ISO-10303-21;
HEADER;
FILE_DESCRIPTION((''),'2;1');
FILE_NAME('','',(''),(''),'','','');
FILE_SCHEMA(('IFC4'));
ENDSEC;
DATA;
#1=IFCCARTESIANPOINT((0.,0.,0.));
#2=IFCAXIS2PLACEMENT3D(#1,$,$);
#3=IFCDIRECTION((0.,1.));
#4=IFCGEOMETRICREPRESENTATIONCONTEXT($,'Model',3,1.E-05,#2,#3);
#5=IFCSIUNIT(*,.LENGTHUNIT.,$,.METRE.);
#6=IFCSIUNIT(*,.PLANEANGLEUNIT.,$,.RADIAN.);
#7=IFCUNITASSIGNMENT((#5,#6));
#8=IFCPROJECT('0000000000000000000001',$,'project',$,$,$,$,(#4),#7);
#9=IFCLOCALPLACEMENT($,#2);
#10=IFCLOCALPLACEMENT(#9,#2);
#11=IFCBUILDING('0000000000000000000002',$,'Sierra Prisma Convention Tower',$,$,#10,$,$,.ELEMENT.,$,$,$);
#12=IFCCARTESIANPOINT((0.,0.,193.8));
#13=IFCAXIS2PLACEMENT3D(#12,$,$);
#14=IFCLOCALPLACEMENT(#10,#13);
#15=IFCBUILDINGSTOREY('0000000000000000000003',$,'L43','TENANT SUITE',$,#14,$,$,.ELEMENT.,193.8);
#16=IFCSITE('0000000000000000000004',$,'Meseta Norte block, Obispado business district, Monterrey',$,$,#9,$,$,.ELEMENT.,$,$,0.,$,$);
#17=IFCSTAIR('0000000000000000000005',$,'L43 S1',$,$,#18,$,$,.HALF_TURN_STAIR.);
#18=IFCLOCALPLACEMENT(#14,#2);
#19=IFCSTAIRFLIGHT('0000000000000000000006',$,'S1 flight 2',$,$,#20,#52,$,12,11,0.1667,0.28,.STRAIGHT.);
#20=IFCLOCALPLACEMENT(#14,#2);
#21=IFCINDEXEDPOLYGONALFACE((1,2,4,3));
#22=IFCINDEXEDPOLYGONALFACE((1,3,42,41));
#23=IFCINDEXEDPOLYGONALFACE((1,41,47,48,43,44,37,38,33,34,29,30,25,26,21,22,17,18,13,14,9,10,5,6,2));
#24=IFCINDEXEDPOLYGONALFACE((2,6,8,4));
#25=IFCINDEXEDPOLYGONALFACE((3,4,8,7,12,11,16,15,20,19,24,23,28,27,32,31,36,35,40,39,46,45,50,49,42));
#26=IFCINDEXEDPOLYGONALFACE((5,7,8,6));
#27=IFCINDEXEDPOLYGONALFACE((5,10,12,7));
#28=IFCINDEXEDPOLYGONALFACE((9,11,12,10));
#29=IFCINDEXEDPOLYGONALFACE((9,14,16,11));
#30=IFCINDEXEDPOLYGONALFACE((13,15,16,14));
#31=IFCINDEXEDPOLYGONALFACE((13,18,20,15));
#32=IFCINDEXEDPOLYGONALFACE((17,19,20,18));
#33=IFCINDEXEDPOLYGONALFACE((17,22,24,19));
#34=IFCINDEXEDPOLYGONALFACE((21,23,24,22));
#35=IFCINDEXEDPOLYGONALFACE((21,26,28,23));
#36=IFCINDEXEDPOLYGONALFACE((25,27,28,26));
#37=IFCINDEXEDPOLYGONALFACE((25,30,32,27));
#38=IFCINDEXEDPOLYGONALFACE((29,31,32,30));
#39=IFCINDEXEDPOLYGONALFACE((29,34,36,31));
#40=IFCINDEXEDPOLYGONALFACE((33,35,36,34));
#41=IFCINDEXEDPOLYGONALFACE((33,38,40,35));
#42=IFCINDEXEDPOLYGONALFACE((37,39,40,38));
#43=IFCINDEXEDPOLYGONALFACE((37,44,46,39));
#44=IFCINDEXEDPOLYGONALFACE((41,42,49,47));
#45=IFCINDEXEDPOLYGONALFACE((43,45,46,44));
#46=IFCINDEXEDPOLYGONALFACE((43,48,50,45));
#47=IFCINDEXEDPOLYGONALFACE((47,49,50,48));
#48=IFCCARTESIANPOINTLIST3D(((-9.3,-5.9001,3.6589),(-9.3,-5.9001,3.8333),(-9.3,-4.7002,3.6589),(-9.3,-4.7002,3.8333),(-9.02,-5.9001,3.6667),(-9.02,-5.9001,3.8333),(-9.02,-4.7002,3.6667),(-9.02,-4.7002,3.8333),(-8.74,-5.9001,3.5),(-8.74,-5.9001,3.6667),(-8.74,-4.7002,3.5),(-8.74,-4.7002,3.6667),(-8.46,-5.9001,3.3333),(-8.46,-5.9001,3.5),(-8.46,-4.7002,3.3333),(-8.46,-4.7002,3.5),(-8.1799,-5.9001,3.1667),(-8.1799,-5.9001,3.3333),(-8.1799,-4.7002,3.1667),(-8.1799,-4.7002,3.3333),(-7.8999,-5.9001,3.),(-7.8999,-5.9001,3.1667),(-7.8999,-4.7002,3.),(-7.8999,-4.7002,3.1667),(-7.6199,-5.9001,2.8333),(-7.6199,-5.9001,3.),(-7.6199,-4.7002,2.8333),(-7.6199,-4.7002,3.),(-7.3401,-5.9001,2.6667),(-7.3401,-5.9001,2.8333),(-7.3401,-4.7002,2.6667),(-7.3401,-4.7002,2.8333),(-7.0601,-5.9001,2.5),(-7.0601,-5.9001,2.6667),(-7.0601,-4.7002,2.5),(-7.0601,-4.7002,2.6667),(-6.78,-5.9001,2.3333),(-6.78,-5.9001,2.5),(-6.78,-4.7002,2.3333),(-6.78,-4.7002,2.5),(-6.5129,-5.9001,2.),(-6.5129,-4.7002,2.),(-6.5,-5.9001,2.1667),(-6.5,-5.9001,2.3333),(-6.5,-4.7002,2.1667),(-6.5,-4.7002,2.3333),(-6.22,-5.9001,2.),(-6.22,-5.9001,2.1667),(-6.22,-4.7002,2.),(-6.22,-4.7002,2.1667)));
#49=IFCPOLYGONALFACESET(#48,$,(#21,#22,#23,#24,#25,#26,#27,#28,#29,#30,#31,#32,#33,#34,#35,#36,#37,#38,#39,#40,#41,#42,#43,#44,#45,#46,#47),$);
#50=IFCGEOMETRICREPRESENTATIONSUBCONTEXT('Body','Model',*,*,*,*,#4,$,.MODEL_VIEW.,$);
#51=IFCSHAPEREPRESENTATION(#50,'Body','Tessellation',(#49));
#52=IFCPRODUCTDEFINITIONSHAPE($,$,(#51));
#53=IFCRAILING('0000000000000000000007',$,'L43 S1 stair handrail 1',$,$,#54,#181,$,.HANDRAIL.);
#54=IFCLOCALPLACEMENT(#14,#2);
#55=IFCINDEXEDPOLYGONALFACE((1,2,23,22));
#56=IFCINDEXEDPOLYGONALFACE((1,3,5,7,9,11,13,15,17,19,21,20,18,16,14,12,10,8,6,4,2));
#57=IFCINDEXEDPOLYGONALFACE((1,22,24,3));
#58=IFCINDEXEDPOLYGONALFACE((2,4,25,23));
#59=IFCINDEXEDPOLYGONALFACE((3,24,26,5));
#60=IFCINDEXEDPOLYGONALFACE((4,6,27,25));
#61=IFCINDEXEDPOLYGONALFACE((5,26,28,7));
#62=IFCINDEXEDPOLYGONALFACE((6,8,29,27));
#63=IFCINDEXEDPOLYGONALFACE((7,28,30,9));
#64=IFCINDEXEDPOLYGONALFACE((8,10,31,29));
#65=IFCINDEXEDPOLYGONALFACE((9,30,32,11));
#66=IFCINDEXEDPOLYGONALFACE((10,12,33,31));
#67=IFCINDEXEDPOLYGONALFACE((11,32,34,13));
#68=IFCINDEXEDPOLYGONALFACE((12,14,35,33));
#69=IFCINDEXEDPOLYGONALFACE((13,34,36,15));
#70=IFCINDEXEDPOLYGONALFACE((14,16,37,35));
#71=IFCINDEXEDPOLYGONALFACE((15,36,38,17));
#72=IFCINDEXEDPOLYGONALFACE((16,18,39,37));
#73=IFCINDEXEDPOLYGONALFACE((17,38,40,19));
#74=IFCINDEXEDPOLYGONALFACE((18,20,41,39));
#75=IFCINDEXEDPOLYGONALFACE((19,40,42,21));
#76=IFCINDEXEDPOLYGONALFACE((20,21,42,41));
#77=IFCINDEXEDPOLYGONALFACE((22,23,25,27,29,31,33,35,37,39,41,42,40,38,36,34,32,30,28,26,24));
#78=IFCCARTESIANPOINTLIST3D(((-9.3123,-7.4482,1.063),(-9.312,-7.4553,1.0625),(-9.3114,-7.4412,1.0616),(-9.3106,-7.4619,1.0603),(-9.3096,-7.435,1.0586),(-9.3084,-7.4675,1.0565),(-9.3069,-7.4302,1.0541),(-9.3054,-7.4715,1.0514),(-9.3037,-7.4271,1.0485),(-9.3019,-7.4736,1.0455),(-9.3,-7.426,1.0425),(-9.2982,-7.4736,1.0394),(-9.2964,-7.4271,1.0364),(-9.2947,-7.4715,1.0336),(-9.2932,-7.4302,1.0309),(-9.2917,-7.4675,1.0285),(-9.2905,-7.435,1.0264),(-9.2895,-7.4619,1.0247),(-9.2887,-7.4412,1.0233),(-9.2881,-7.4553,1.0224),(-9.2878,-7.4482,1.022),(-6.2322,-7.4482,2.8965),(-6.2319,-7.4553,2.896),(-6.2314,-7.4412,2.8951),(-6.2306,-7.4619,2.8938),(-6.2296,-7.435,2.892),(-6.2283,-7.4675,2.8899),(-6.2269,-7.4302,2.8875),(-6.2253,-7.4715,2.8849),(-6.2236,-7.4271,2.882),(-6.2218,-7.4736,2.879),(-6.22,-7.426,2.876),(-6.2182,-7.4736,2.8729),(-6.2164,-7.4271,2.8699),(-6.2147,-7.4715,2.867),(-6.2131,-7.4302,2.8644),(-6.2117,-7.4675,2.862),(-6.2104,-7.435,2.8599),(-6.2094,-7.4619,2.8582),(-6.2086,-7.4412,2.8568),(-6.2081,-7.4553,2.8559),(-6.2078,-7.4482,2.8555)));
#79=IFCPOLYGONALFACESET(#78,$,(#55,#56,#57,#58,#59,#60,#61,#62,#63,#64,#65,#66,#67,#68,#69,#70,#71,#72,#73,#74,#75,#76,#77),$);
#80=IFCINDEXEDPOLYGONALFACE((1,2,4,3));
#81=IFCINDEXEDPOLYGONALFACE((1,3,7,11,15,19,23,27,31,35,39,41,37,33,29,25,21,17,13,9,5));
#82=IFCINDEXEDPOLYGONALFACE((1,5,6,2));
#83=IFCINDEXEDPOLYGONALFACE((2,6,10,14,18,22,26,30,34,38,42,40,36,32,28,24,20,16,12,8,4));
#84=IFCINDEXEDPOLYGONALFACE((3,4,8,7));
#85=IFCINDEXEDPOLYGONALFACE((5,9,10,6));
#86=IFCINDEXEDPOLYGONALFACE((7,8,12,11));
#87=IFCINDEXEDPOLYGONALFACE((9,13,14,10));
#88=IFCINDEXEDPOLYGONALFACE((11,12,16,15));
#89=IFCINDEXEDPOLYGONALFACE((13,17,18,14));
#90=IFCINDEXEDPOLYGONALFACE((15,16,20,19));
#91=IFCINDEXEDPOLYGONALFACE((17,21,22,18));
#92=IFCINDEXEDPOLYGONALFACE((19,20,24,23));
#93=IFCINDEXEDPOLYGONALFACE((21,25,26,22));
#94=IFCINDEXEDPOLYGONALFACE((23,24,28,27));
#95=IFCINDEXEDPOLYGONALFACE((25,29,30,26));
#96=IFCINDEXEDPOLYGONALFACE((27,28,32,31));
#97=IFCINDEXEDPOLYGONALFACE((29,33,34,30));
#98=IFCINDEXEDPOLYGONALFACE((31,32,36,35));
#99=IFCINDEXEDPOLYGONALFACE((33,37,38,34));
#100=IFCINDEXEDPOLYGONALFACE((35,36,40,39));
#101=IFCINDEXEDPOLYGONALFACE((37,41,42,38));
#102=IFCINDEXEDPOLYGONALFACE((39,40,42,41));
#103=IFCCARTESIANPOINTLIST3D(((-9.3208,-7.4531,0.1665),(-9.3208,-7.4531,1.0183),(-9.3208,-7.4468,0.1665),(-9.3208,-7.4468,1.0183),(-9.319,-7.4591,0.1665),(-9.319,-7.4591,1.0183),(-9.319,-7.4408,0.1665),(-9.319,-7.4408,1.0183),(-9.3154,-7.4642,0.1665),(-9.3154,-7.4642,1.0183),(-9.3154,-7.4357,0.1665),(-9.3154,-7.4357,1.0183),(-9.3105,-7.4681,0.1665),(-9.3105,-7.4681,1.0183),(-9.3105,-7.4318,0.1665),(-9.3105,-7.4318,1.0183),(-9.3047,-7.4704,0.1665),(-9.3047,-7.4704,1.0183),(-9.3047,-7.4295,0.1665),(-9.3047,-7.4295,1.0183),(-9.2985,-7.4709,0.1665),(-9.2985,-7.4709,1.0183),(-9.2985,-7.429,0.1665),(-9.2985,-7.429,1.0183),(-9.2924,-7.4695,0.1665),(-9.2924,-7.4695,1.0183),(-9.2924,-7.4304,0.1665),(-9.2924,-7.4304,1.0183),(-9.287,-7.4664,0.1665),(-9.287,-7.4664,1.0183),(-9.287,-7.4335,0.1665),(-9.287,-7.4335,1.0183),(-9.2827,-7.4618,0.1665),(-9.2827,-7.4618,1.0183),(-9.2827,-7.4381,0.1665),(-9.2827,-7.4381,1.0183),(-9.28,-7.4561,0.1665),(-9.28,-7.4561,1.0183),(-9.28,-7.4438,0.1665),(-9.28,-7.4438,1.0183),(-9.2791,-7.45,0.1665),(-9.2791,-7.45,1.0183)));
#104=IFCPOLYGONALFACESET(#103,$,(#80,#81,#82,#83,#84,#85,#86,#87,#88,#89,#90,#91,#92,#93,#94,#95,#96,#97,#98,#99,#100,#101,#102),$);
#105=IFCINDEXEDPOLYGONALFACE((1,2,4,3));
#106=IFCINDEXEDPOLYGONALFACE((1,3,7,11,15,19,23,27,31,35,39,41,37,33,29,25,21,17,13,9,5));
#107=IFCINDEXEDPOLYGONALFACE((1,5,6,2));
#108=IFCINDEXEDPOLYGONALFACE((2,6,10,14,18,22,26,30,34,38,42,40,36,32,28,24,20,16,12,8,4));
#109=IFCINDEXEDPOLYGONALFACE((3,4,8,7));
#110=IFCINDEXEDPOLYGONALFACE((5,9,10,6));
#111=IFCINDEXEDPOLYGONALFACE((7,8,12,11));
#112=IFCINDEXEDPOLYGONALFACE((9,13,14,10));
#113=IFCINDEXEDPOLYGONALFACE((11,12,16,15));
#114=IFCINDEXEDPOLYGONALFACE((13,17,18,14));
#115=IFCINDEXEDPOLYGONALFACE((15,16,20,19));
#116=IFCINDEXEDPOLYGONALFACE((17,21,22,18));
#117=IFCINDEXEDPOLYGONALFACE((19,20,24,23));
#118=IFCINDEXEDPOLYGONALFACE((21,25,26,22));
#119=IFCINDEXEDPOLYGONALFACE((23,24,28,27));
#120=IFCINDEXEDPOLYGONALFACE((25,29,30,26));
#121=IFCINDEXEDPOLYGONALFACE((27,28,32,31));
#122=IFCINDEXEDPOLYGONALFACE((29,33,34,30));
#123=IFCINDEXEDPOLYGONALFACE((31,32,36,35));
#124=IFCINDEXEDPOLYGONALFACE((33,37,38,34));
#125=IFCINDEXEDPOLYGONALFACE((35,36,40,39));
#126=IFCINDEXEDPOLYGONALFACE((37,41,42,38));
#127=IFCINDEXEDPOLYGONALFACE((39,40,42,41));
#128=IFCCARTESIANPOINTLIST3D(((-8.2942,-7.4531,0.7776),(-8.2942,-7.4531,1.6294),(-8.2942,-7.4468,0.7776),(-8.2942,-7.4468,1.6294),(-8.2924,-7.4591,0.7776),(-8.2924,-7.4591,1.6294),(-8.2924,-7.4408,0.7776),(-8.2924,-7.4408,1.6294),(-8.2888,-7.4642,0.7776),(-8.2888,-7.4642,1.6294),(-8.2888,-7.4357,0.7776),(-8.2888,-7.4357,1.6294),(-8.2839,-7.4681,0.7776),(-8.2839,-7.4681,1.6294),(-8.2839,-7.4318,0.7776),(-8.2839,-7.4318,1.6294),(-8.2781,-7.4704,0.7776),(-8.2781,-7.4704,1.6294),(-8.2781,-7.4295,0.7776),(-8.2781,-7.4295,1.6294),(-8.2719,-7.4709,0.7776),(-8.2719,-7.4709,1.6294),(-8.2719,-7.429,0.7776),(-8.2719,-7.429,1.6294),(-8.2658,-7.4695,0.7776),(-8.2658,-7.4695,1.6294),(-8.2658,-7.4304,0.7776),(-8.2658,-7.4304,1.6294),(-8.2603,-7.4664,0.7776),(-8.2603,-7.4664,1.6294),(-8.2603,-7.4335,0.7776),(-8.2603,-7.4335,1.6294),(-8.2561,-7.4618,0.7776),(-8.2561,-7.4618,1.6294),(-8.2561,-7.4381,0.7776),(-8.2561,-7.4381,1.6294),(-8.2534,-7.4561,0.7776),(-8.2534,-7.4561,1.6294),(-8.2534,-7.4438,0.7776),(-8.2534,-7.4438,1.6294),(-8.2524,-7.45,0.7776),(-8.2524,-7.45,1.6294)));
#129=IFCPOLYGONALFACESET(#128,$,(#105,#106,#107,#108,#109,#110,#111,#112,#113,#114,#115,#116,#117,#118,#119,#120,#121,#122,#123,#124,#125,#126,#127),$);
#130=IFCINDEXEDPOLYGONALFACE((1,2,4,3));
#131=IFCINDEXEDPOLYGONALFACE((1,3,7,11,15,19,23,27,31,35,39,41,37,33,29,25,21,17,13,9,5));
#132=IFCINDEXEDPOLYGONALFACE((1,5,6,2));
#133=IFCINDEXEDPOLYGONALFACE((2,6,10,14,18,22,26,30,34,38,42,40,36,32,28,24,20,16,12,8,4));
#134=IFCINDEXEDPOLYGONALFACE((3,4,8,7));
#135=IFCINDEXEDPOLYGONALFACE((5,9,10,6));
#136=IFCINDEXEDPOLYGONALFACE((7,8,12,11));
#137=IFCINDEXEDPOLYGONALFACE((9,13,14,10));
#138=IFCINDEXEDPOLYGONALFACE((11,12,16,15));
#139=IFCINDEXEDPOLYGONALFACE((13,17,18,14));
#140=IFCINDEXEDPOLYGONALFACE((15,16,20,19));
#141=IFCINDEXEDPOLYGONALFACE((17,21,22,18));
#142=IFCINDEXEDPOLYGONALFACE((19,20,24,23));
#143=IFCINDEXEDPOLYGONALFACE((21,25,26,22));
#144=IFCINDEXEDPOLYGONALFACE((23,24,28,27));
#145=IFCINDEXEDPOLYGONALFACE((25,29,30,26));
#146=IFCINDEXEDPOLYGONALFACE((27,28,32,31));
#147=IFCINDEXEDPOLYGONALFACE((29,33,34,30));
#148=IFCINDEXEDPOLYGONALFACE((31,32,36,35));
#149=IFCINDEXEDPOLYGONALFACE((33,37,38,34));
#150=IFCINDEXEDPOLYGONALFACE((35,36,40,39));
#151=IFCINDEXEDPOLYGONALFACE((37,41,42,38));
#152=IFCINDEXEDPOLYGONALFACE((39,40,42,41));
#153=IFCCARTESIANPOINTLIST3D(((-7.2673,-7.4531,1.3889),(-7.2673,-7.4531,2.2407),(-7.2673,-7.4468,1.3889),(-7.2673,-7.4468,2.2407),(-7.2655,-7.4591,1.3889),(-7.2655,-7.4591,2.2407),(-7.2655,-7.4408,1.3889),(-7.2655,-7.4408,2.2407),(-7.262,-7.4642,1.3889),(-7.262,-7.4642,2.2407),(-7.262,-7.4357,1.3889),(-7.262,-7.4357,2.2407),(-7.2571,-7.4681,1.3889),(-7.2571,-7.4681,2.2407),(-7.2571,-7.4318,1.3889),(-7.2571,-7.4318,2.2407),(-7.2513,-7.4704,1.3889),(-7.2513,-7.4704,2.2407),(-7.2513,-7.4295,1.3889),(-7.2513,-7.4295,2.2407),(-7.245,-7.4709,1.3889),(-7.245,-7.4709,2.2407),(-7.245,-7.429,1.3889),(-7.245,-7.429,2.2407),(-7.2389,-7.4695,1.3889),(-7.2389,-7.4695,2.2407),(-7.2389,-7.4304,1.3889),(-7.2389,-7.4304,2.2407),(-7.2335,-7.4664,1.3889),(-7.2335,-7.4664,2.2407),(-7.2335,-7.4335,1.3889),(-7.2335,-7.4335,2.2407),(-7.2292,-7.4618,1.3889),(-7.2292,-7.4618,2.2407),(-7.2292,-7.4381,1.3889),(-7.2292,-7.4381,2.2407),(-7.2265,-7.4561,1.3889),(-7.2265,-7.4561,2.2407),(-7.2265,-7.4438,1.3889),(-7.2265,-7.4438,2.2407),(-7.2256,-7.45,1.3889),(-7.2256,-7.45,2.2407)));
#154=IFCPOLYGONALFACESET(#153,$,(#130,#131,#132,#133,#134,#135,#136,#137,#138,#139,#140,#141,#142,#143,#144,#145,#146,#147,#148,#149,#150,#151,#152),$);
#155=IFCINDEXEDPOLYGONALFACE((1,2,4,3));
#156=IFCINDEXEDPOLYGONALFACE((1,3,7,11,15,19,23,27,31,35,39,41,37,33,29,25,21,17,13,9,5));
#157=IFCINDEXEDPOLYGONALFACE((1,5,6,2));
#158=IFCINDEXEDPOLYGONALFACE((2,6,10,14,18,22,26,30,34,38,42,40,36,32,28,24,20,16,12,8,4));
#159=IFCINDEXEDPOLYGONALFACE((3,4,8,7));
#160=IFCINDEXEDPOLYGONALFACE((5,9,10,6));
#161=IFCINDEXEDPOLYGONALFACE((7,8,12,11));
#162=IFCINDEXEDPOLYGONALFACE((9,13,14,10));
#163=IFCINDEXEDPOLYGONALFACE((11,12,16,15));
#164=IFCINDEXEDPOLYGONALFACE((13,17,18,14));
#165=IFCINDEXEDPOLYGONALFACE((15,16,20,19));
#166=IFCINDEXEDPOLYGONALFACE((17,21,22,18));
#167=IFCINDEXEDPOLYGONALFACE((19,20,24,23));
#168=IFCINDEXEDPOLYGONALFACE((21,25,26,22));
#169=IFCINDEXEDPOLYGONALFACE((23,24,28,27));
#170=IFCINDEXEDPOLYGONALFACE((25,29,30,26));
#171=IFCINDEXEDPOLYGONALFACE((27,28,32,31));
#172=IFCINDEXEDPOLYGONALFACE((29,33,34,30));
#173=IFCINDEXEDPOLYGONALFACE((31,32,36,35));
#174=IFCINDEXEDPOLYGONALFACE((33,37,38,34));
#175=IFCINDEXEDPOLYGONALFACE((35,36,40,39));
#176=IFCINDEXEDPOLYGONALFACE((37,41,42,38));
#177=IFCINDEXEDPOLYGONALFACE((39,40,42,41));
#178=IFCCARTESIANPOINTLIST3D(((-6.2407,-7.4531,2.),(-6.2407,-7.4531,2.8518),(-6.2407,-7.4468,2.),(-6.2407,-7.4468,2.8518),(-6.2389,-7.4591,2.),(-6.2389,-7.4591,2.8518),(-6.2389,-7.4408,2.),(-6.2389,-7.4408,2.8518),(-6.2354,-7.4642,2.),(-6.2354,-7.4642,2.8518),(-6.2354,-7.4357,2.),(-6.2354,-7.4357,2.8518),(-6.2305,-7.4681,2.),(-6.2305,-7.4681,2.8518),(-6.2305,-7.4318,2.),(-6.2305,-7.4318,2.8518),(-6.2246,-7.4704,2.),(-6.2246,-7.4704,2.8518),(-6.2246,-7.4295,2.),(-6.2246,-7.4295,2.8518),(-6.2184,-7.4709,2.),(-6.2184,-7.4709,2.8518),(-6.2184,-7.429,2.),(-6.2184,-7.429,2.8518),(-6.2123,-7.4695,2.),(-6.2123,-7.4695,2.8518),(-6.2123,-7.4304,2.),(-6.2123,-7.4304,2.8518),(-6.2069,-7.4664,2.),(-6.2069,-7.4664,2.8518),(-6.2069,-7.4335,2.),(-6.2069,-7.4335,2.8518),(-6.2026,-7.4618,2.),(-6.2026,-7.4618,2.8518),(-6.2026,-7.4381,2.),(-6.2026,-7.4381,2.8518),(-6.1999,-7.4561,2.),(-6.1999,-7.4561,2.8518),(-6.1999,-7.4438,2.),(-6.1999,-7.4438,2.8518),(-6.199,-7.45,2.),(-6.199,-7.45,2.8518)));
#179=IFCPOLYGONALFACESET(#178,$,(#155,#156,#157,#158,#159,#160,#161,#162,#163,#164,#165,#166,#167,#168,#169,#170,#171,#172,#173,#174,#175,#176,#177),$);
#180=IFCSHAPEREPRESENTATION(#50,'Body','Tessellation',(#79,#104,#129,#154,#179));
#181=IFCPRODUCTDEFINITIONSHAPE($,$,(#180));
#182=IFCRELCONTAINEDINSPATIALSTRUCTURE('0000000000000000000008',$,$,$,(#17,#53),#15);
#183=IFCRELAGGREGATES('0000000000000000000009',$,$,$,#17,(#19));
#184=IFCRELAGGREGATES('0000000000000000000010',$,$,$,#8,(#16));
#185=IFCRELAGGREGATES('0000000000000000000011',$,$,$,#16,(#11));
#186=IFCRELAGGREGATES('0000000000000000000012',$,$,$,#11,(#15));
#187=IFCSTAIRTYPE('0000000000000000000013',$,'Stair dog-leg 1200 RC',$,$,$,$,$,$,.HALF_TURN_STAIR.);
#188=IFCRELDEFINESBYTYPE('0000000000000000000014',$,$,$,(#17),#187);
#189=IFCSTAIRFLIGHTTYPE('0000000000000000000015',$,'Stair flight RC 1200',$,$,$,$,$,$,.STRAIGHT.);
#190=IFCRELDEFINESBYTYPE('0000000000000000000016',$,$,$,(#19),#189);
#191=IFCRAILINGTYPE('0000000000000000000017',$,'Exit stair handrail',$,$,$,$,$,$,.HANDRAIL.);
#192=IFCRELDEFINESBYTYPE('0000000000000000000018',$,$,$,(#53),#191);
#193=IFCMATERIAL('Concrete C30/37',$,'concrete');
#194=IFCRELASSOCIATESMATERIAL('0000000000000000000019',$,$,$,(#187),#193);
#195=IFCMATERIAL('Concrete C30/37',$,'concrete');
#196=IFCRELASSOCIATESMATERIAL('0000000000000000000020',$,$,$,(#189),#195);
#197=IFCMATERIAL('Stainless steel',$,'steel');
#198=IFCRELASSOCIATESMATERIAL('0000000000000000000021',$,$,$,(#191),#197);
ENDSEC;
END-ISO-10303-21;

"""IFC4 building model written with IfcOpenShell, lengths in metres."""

from ifc_helpers import new_model, si_unit, direction, frame, origin, origin_2d, place, context, subcontext, project, spatial, polyline, circle, outline, extrude, material, type_object, element, aggregate, save


model = new_model("IFC4")

# Units and contexts
model_context = context("Model", 3, precision=1e-05, world=origin(), true_north=direction((0.0, 1.0)))
body_context = subcontext(model_context, "Body", "Model", "MODEL_VIEW")
ifc_project = project(units=[si_unit("LENGTHUNIT", "METRE"), si_unit("PLANEANGLEUNIT", "RADIAN")], contexts=[model_context])

# Site, building, storey
site_placement = place(None, origin())
site = spatial("IfcSite", under=ifc_project, at=site_placement, Name="Meseta Norte block, Obispado business district, Monterrey", CompositionType="ELEMENT", RefElevation=0.0)
building_placement = place(site_placement, origin())
building = spatial("IfcBuilding", under=site, at=building_placement, Name="Sierra Prisma Convention Tower", CompositionType="ELEMENT")
storey_placement = place(building_placement, frame((0.0, 0.0, 193.8)))
storey = spatial("IfcBuildingStorey", under=building, at=storey_placement, Name="L43", Description="TENANT SUITE", CompositionType="ELEMENT", Elevation=193.8)

# Stair, stair flight
ifc_material_1 = material(Name="Concrete C30/37", Category="concrete")
stair_type = type_object("IfcStairType", Name="Stair dog-leg 1200 RC", PredefinedType="HALF_TURN_STAIR", material=ifc_material_1)
stair_placement = place(storey_placement, origin())
stair = element("IfcStair", 1, at=stair_placement, inside=storey, type_object=stair_type, Name="L43 S1", PredefinedType="HALF_TURN_STAIR")
ifc_material_2 = material(Name="Concrete C30/37", Category="concrete")
stair_flight_type = type_object("IfcStairFlightType", Name="Stair flight RC 1200", PredefinedType="STRAIGHT", material=ifc_material_2)
stair_flight_1_placement = place(storey_placement, frame((-6.22, -5.3, 2.0), z_axis=(0.0, 0.0, 1.0), x_axis=(-1.0, 0.0, 0.0)))
stair_flight_1 = element("IfcStairFlight", 2, at=stair_flight_1_placement, type_object=stair_flight_type, Name="S1 flight 2", NumberOfRisers=12, NumberOfTreads=11, PredefinedType="STRAIGHT", RiserHeight=0.1667, TreadLength=0.28, context=body_context, shape_type="SweptSolid", body=[
    extrude(outline(polyline([(0.0, 0.0), (0.0, 0.1667), (0.28, 0.1667), (0.28, 0.3333), (0.5601, 0.3333), (0.5601, 0.5), (0.8401, 0.5), (0.8401, 0.6667), (1.1201, 0.6667), (1.1201, 0.8333), (1.3999, 0.8333), (1.3999, 1.0), (1.6799, 1.0), (1.6799, 1.1667), (1.96, 1.1667), (1.96, 1.3333), (2.24, 1.3333), (2.24, 1.5), (2.52, 1.5), (2.52, 1.6667), (2.8, 1.6667), (2.8, 1.8333), (3.0801, 1.8333), (3.0801, 2.0), (3.0801, 1.6589), (0.293, 0.0), (0.0, 0.0)])), frame((0.0, 0.6001, 0.0), z_axis=(0.0, -1.0, 0.0), x_axis=(1.0, 0.0, 0.0)), (0.0, 0.0, 1.0), 1.2),
])
aggregate(stair, [stair_flight_1])

# Railing
ifc_material_3 = material(Name="Stainless steel", Category="steel")
railing_type_1 = type_object("IfcRailingType", Name="Exit stair handrail", PredefinedType="HANDRAIL", material=ifc_material_3)
railing_1_placement = place(storey_placement, frame((-9.3, -7.45, 0.1665)))
element("IfcRailing", 3, at=railing_1_placement, inside=storey, type_object=railing_type_1, Name="L43 S1 stair handrail 1", PredefinedType="HANDRAIL", context=body_context, shape_type="SweptSolid", body=[
    extrude(circle(Radius=0.0239, at=origin_2d()), frame((0.0, 0.0, 0.876), z_axis=(0.859279, 0.0, 0.511508), x_axis=(0.0, 1.0, 0.0)), (0.0, 0.0, 1.0), 3.5845),
    extrude(circle(Radius=0.021, at=origin_2d()), origin(), (0.0, 0.0, 1.0), 0.8518),
    extrude(circle(Radius=0.021, at=origin_2d()), frame((1.0266, 0.0, 0.6111)), (0.0, 0.0, 1.0), 0.8518),
    extrude(circle(Radius=0.021, at=origin_2d()), frame((2.0535, 0.0, 1.2224)), (0.0, 0.0, 1.0), 0.8518),
    extrude(circle(Radius=0.021, at=origin_2d()), frame((3.0801, 0.0, 1.8335)), (0.0, 0.0, 1.0), 0.8518),
])

save(model, "model.ifc")
